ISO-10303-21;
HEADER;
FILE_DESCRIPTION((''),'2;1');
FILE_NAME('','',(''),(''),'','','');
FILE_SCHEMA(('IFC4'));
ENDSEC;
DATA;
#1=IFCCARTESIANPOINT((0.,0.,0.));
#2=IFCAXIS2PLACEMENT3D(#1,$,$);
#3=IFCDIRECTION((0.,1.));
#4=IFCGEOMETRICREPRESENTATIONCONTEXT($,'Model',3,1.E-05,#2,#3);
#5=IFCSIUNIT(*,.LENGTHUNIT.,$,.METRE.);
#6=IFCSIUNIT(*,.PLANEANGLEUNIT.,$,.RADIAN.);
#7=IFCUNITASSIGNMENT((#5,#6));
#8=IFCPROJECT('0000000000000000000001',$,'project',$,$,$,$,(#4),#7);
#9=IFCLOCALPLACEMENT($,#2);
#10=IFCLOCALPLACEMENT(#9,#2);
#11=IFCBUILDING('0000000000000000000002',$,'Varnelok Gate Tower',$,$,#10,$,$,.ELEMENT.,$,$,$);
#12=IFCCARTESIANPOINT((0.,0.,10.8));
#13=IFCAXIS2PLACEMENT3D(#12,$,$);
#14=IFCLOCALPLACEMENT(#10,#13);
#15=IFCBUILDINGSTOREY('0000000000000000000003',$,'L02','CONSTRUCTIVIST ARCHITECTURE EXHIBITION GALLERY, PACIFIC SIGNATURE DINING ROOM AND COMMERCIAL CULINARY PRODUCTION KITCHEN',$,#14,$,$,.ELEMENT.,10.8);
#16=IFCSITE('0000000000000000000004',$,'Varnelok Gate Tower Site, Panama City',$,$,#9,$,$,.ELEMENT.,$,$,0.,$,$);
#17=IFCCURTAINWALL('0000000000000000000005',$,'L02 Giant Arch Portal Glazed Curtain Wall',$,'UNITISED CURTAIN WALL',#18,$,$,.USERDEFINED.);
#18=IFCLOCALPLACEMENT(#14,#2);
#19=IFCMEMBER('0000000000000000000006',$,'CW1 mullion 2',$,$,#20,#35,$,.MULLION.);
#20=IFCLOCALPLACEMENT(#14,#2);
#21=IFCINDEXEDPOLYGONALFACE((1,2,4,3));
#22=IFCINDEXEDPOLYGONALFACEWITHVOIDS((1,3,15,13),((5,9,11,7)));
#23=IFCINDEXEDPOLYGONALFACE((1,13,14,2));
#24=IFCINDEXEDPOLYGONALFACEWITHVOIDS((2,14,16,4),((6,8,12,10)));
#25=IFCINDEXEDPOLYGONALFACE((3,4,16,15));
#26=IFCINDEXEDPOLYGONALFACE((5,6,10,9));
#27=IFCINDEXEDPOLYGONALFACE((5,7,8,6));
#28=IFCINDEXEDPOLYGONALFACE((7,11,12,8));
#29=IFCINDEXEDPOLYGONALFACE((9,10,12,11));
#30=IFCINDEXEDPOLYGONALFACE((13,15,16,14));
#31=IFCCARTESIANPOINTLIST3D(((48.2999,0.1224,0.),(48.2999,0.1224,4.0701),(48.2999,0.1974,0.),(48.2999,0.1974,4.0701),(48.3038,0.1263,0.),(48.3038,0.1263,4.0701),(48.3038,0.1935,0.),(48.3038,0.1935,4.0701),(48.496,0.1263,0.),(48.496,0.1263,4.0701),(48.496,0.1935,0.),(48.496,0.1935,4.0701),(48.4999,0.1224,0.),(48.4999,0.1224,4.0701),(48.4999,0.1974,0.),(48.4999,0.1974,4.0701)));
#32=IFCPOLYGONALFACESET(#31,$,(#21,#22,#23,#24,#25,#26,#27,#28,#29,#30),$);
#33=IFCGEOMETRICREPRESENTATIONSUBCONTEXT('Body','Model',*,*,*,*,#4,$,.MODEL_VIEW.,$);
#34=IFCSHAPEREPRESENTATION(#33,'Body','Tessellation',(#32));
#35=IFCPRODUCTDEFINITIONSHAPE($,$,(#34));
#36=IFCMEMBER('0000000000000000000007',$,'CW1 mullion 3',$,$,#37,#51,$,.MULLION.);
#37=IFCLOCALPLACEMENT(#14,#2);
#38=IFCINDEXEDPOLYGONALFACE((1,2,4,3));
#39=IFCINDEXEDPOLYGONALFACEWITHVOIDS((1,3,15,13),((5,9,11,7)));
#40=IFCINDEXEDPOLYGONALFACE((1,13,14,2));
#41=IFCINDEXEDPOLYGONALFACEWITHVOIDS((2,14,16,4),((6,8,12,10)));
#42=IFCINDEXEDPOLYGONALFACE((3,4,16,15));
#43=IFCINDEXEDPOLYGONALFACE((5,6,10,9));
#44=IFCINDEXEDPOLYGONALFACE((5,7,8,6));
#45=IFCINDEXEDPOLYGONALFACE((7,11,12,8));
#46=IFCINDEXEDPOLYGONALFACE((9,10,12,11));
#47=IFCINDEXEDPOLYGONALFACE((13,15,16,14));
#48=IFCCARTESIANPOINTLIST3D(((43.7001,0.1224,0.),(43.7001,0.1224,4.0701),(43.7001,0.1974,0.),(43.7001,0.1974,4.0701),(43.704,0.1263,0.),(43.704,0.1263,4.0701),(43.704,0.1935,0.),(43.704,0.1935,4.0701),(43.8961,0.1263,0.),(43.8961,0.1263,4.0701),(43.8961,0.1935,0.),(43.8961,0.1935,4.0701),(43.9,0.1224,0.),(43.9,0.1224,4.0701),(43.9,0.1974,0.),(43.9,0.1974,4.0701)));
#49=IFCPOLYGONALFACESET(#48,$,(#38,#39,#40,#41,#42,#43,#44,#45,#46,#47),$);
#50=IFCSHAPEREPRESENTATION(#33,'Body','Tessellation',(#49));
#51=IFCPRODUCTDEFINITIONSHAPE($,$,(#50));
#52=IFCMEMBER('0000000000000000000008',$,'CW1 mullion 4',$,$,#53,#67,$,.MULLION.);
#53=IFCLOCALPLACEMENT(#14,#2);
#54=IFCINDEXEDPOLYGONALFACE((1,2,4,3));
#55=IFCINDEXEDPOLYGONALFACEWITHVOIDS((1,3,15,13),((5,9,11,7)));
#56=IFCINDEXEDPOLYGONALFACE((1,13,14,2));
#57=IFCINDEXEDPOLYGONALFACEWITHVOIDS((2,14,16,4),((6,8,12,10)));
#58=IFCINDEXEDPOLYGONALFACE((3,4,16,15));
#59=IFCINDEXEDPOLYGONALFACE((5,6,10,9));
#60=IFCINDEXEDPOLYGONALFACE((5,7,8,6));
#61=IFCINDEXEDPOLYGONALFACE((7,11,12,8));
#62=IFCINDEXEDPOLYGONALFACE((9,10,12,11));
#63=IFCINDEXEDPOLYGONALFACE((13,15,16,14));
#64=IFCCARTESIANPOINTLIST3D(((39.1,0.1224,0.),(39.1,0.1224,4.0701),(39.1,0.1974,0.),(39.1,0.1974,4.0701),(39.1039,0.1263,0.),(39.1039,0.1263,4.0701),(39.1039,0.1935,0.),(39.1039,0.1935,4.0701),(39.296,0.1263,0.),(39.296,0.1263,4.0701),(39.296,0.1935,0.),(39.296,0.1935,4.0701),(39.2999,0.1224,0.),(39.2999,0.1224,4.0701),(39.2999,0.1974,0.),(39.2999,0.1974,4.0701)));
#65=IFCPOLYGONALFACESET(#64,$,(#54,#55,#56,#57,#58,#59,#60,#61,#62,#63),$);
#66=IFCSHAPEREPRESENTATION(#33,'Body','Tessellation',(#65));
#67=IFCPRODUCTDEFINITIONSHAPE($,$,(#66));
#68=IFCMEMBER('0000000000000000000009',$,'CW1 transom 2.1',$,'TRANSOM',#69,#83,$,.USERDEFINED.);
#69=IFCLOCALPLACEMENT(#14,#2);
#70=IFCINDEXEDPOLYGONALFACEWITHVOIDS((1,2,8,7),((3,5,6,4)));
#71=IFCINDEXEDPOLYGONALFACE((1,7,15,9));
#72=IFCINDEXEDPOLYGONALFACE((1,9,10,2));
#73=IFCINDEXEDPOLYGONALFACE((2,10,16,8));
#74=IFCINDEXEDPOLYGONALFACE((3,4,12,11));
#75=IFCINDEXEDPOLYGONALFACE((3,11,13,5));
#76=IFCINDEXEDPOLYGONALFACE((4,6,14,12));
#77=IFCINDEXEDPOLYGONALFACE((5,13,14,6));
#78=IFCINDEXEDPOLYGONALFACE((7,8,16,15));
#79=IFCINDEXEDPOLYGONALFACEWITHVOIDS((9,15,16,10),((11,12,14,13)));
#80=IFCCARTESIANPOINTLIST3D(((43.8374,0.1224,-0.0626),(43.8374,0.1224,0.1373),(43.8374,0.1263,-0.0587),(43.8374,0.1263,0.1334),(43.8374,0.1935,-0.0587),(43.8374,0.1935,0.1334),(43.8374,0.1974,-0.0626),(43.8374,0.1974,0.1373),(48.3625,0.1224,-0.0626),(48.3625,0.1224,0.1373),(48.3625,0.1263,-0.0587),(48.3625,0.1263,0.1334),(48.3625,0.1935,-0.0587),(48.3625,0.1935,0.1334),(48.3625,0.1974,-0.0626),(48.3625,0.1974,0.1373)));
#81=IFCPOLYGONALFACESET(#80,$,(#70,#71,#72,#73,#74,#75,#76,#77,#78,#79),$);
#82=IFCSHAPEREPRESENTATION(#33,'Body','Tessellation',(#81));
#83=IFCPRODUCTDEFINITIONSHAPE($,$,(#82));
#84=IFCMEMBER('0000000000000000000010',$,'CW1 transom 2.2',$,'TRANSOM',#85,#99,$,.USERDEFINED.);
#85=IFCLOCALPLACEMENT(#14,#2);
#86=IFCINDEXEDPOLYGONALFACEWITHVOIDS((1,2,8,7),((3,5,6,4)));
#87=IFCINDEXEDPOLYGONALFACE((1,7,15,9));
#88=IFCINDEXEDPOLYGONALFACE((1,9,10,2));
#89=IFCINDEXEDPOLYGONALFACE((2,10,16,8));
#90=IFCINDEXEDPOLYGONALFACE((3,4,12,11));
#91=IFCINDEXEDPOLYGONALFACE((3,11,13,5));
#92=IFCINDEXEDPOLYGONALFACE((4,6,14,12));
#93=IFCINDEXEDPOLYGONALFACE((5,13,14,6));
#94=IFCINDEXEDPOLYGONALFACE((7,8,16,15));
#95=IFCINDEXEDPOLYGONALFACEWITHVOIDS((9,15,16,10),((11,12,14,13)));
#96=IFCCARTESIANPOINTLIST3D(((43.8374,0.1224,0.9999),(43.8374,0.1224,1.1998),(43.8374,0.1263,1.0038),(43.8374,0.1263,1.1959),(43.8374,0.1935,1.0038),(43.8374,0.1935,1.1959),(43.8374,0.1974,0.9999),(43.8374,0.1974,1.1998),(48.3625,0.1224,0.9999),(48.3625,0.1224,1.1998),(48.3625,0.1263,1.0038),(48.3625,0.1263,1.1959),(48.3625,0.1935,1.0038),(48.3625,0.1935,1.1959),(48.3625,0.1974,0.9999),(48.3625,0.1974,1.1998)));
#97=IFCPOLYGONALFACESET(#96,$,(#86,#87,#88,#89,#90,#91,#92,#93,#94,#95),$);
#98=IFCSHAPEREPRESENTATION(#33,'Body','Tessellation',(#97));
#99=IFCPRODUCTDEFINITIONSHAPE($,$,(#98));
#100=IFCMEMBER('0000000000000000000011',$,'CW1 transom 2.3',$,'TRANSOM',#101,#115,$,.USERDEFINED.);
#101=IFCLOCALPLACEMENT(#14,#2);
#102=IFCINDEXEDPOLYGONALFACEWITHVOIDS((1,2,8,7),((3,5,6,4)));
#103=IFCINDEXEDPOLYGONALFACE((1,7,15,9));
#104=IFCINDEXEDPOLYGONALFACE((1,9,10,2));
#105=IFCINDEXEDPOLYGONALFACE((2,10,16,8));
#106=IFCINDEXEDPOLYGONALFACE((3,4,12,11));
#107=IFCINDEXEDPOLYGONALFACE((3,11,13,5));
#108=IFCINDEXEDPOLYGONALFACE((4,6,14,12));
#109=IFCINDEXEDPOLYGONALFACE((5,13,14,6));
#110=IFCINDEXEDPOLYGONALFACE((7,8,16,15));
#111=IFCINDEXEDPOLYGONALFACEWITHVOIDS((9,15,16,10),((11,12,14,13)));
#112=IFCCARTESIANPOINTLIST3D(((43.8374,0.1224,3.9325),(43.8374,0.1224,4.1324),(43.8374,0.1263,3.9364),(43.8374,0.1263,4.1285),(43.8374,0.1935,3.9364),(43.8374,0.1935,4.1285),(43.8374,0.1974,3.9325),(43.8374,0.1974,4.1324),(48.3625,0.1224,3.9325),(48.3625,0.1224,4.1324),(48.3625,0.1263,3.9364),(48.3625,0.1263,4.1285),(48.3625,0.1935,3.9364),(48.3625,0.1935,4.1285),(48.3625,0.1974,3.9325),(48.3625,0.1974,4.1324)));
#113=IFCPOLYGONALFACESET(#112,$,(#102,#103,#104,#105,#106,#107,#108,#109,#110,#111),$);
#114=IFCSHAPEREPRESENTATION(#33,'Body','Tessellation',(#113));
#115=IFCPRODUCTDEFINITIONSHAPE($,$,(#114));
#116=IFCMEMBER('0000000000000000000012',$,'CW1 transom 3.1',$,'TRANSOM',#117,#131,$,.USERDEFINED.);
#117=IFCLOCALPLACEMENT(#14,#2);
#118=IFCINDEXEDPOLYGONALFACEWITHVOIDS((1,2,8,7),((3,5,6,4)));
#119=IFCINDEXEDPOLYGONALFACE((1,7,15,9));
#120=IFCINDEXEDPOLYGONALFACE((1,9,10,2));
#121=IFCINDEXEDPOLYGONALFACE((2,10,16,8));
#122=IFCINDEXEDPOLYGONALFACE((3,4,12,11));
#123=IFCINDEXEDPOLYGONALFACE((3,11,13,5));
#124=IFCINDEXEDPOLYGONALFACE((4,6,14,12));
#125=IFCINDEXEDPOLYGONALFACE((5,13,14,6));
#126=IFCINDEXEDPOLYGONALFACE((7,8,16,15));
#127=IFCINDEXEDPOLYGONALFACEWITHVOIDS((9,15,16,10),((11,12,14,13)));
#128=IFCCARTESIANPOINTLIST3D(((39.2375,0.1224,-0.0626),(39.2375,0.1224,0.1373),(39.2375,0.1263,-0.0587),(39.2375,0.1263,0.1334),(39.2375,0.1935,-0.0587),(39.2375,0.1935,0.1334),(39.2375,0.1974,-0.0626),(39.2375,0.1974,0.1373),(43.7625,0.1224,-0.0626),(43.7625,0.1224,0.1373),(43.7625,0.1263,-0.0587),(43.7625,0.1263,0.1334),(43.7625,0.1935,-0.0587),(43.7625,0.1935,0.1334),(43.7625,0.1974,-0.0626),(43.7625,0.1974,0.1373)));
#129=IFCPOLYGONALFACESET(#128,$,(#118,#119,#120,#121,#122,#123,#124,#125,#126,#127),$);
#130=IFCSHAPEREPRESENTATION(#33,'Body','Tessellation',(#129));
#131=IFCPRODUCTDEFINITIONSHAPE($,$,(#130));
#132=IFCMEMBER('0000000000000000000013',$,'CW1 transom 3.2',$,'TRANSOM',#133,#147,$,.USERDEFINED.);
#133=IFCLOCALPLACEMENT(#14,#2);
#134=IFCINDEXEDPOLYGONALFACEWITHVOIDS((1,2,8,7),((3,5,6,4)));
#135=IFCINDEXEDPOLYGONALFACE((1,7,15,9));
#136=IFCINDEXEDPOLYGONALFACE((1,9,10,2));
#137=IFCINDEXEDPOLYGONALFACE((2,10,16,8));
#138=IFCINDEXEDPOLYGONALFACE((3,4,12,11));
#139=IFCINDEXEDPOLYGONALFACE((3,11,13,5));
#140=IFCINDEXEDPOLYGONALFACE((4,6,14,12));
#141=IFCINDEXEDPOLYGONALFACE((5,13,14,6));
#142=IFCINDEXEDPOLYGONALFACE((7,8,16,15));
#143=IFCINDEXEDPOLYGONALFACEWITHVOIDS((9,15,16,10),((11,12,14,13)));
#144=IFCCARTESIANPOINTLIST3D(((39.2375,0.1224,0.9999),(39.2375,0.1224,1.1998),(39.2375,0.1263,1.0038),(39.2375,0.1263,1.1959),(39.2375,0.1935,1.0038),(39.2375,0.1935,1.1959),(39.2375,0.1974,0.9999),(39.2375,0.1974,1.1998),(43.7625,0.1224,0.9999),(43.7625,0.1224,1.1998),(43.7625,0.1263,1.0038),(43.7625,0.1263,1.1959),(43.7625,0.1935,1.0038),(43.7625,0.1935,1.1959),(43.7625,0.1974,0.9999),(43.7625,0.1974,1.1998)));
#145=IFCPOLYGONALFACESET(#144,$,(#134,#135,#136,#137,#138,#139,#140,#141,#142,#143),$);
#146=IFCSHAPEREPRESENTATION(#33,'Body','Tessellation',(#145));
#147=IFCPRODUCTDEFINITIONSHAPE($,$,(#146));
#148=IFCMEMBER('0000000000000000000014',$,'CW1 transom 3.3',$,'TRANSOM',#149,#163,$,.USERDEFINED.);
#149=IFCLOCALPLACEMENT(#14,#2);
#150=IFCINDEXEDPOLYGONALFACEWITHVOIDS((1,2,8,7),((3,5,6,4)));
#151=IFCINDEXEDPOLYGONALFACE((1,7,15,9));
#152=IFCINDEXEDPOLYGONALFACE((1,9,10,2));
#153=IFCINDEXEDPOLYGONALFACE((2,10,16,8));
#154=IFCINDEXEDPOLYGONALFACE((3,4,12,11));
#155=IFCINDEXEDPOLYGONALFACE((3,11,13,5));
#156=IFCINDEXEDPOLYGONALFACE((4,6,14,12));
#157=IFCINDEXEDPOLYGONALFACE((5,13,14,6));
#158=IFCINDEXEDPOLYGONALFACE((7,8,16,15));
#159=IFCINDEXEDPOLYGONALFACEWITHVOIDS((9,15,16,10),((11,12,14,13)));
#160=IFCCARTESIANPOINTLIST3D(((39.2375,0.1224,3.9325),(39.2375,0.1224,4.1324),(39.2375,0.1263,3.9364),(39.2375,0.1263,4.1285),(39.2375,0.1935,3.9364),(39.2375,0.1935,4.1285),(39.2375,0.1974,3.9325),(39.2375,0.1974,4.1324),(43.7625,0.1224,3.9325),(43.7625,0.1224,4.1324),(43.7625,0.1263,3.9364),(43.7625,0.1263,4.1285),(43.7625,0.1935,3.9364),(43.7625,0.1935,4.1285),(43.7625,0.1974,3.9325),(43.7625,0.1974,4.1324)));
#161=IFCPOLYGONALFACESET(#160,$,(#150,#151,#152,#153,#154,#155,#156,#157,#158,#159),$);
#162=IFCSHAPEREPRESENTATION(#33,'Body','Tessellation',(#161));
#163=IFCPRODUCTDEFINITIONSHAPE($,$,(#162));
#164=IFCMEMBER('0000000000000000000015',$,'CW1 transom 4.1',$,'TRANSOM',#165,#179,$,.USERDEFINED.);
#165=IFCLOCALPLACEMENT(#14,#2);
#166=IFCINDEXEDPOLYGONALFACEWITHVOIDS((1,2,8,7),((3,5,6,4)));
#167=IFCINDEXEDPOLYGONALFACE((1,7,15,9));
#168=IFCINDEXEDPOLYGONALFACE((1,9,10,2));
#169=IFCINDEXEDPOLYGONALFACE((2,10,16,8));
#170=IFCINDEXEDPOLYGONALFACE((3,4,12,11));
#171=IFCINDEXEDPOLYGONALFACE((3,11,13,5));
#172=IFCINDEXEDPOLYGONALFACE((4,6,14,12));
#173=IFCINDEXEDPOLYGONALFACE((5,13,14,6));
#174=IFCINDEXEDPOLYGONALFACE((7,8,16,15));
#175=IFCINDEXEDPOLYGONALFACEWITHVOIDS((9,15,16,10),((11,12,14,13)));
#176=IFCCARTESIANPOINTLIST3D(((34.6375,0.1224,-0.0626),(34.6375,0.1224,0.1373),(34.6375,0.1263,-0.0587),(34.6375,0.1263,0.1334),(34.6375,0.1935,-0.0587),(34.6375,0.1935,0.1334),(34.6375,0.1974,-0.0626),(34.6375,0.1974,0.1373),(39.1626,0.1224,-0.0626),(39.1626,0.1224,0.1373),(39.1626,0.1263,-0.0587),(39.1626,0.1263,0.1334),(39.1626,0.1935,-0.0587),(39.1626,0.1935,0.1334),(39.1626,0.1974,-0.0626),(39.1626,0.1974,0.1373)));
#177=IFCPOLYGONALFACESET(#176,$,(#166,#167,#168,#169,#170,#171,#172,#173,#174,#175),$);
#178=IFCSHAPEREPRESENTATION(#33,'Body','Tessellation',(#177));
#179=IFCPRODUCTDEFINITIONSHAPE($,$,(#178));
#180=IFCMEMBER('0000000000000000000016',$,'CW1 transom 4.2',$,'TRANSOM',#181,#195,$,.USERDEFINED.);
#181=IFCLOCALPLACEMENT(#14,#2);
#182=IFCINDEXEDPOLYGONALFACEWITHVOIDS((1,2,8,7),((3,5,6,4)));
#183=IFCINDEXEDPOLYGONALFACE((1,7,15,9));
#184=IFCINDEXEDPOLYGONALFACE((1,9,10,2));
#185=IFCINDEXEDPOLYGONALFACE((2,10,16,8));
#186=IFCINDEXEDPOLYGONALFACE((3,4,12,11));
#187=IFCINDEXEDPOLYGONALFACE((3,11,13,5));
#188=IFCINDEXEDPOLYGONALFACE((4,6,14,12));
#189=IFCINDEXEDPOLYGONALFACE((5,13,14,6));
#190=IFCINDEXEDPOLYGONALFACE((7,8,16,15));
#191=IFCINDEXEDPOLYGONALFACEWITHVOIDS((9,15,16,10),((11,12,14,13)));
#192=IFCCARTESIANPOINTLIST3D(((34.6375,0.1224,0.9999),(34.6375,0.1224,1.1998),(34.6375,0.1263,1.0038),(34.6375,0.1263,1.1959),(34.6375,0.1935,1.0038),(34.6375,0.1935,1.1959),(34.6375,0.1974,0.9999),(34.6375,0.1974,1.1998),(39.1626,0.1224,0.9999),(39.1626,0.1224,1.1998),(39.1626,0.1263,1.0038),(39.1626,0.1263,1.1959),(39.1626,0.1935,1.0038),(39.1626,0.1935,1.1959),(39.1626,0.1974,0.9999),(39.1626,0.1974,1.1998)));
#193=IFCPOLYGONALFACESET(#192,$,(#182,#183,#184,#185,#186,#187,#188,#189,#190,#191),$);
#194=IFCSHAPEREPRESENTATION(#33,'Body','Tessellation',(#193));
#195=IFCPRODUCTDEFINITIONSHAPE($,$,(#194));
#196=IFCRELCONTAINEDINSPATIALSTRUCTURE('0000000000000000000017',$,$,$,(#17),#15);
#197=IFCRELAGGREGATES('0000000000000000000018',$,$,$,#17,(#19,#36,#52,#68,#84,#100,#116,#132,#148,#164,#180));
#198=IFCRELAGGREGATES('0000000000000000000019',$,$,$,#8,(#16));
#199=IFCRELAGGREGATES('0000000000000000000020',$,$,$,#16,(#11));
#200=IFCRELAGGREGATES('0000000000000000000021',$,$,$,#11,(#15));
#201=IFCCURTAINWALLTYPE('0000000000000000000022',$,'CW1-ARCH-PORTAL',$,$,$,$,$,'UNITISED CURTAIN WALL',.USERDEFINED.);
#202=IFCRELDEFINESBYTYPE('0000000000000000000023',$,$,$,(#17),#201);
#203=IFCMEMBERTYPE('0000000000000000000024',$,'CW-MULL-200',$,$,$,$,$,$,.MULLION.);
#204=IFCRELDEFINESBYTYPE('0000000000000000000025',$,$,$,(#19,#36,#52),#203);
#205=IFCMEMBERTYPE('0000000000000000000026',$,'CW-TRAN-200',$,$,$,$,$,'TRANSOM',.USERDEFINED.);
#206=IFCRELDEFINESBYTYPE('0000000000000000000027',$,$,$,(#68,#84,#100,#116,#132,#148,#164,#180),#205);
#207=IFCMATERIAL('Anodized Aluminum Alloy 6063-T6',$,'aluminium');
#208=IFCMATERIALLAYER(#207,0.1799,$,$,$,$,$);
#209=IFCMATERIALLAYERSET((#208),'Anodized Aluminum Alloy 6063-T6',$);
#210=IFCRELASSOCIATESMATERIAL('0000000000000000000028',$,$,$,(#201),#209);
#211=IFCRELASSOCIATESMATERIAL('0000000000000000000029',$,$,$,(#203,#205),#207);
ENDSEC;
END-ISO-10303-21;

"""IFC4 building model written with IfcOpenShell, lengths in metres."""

from ifc_helpers import new_model, si_unit, direction, frame, origin, origin_2d, place, context, subcontext, project, spatial, hollow_rectangle, extrude, material, layer, layer_set, material_profile, profile_set, type_object, element, aggregate, save


model = new_model("IFC4")

# Units and contexts
model_context = context("Model", 3, precision=1e-05, world=origin(), true_north=direction((0.0, 1.0)))
body_context = subcontext(model_context, "Body", "Model", "MODEL_VIEW")
ifc_project = project(units=[si_unit("LENGTHUNIT", "METRE"), si_unit("PLANEANGLEUNIT", "RADIAN")], contexts=[model_context])

# Site, building, storey
site_placement = place(None, origin())
site = spatial("IfcSite", under=ifc_project, at=site_placement, Name="Varnelok Gate Tower Site, Panama City", CompositionType="ELEMENT", RefElevation=0.0)
building_placement = place(site_placement, origin())
building = spatial("IfcBuilding", under=site, at=building_placement, Name="Varnelok Gate Tower", CompositionType="ELEMENT")
storey_placement = place(building_placement, frame((0.0, 0.0, 10.8)))
storey = spatial("IfcBuildingStorey", under=building, at=storey_placement, Name="L02", Description="CONSTRUCTIVIST ARCHITECTURE EXHIBITION GALLERY, PACIFIC SIGNATURE DINING ROOM AND COMMERCIAL CULINARY PRODUCTION KITCHEN", CompositionType="ELEMENT", Elevation=10.8)

# Curtain wall, members
ifc_material_1 = material(Name="Anodized Aluminum Alloy 6063-T6", Category="aluminium")
ifc_layer_1 = layer(ifc_material_1, 0.1799)
ifc_layer_set_1 = layer_set([ifc_layer_1], Name="Anodized Aluminum Alloy 6063-T6")
curtain_wall_type = type_object("IfcCurtainWallType", Name="CW1-ARCH-PORTAL", ElementType="UNITISED CURTAIN WALL", PredefinedType="USERDEFINED", material=ifc_layer_set_1)
curtain_wall_placement = place(storey_placement, origin())
curtain_wall = element("IfcCurtainWall", 1, at=curtain_wall_placement, inside=storey, type_object=curtain_wall_type, Name="L02 Giant Arch Portal Glazed Curtain Wall", ObjectType="UNITISED CURTAIN WALL", PredefinedType="USERDEFINED")
ifc_material_profile_1 = material_profile(ifc_material_1, hollow_rectangle(XDim=0.075, YDim=0.2, WallThickness=0.0039, at=origin_2d()), Name="ALU200X75X4")
ifc_profile_set_1 = profile_set([ifc_material_profile_1], Name="Anodized Aluminum Alloy 6063-T6")
member_type_1 = type_object("IfcMemberType", Name="CW-MULL-200", PredefinedType="MULLION", material=ifc_profile_set_1)
member_1_placement = place(storey_placement, frame((48.3999, 0.1599, 0.0), z_axis=(0.0, 0.0, 1.0), x_axis=(0.0, -1.0, 0.0)))
member_1 = element("IfcMember", 2, at=member_1_placement, type_object=member_type_1, Name="CW1 mullion 2", PredefinedType="MULLION", context=body_context, shape_type="SweptSolid", body=[
    extrude(hollow_rectangle(XDim=0.075, YDim=0.2, WallThickness=0.0039, at=origin_2d()), origin(), (0.0, 0.0, 1.0), 4.0701),
])
member_2_placement = place(storey_placement, frame((43.8, 0.1599, 0.0), z_axis=(0.0, 0.0, 1.0), x_axis=(0.0, -1.0, 0.0)))
member_2 = element("IfcMember", 3, at=member_2_placement, type_object=member_type_1, Name="CW1 mullion 3", PredefinedType="MULLION", context=body_context, shape_type="SweptSolid", body=[
    extrude(hollow_rectangle(XDim=0.075, YDim=0.2, WallThickness=0.0039, at=origin_2d()), origin(), (0.0, 0.0, 1.0), 4.0701),
])
member_3_placement = place(storey_placement, frame((39.2, 0.1599, 0.0), z_axis=(0.0, 0.0, 1.0), x_axis=(0.0, -1.0, 0.0)))
member_3 = element("IfcMember", 4, at=member_3_placement, type_object=member_type_1, Name="CW1 mullion 4", PredefinedType="MULLION", context=body_context, shape_type="SweptSolid", body=[
    extrude(hollow_rectangle(XDim=0.075, YDim=0.2, WallThickness=0.0039, at=origin_2d()), origin(), (0.0, 0.0, 1.0), 4.0701),
])
ifc_material_profile_2 = material_profile(ifc_material_1, hollow_rectangle(XDim=0.075, YDim=0.2, WallThickness=0.0039, at=origin_2d()), Name="ALU200X75X4")
ifc_profile_set_2 = profile_set([ifc_material_profile_2], Name="Anodized Aluminum Alloy 6063-T6")
member_type_2 = type_object("IfcMemberType", Name="CW-TRAN-200", ElementType="TRANSOM", PredefinedType="USERDEFINED", material=ifc_profile_set_2)
member_4_placement = place(storey_placement, frame((48.3625, 0.1599, 0.0374), z_axis=(-1.0, 0.0, 0.0), x_axis=(0.0, -1.0, 0.0)))
member_4 = element("IfcMember", 5, at=member_4_placement, type_object=member_type_2, Name="CW1 transom 2.1", ObjectType="TRANSOM", PredefinedType="USERDEFINED", context=body_context, shape_type="SweptSolid", body=[
    extrude(hollow_rectangle(XDim=0.075, YDim=0.2, WallThickness=0.0039, at=origin_2d()), origin(), (0.0, 0.0, 1.0), 4.5251),
])
member_5_placement = place(storey_placement, frame((48.3625, 0.1599, 1.0999), z_axis=(-1.0, 0.0, 0.0), x_axis=(0.0, -1.0, 0.0)))
member_5 = element("IfcMember", 6, at=member_5_placement, type_object=member_type_2, Name="CW1 transom 2.2", ObjectType="TRANSOM", PredefinedType="USERDEFINED", context=body_context, shape_type="SweptSolid", body=[
    extrude(hollow_rectangle(XDim=0.075, YDim=0.2, WallThickness=0.0039, at=origin_2d()), origin(), (0.0, 0.0, 1.0), 4.5251),
])
member_6_placement = place(storey_placement, frame((48.3625, 0.1599, 4.0325), z_axis=(-1.0, 0.0, 0.0), x_axis=(0.0, -1.0, 0.0)))
member_6 = element("IfcMember", 7, at=member_6_placement, type_object=member_type_2, Name="CW1 transom 2.3", ObjectType="TRANSOM", PredefinedType="USERDEFINED", context=body_context, shape_type="SweptSolid", body=[
    extrude(hollow_rectangle(XDim=0.075, YDim=0.2, WallThickness=0.0039, at=origin_2d()), origin(), (0.0, 0.0, 1.0), 4.5251),
])
member_7_placement = place(storey_placement, frame((43.7625, 0.1599, 0.0374), z_axis=(-1.0, 0.0, 0.0), x_axis=(0.0, -1.0, 0.0)))
member_7 = element("IfcMember", 8, at=member_7_placement, type_object=member_type_2, Name="CW1 transom 3.1", ObjectType="TRANSOM", PredefinedType="USERDEFINED", context=body_context, shape_type="SweptSolid", body=[
    extrude(hollow_rectangle(XDim=0.075, YDim=0.2, WallThickness=0.0039, at=origin_2d()), origin(), (0.0, 0.0, 1.0), 4.5249),
])
member_8_placement = place(storey_placement, frame((43.7625, 0.1599, 1.0999), z_axis=(-1.0, 0.0, 0.0), x_axis=(0.0, -1.0, 0.0)))
member_8 = element("IfcMember", 9, at=member_8_placement, type_object=member_type_2, Name="CW1 transom 3.2", ObjectType="TRANSOM", PredefinedType="USERDEFINED", context=body_context, shape_type="SweptSolid", body=[
    extrude(hollow_rectangle(XDim=0.075, YDim=0.2, WallThickness=0.0039, at=origin_2d()), origin(), (0.0, 0.0, 1.0), 4.5249),
])
member_9_placement = place(storey_placement, frame((43.7625, 0.1599, 4.0325), z_axis=(-1.0, 0.0, 0.0), x_axis=(0.0, -1.0, 0.0)))
member_9 = element("IfcMember", 10, at=member_9_placement, type_object=member_type_2, Name="CW1 transom 3.3", ObjectType="TRANSOM", PredefinedType="USERDEFINED", context=body_context, shape_type="SweptSolid", body=[
    extrude(hollow_rectangle(XDim=0.075, YDim=0.2, WallThickness=0.0039, at=origin_2d()), origin(), (0.0, 0.0, 1.0), 4.5249),
])
member_10_placement = place(storey_placement, frame((39.1626, 0.1599, 0.0374), z_axis=(-1.0, 0.0, 0.0), x_axis=(0.0, -1.0, 0.0)))
member_10 = element("IfcMember", 11, at=member_10_placement, type_object=member_type_2, Name="CW1 transom 4.1", ObjectType="TRANSOM", PredefinedType="USERDEFINED", context=body_context, shape_type="SweptSolid", body=[
    extrude(hollow_rectangle(XDim=0.075, YDim=0.2, WallThickness=0.0039, at=origin_2d()), origin(), (0.0, 0.0, 1.0), 4.5251),
])
member_11_placement = place(storey_placement, frame((39.1626, 0.1599, 1.0999), z_axis=(-1.0, 0.0, 0.0), x_axis=(0.0, -1.0, 0.0)))
member_11 = element("IfcMember", 12, at=member_11_placement, type_object=member_type_2, Name="CW1 transom 4.2", ObjectType="TRANSOM", PredefinedType="USERDEFINED", context=body_context, shape_type="SweptSolid", body=[
    extrude(hollow_rectangle(XDim=0.075, YDim=0.2, WallThickness=0.0039, at=origin_2d()), origin(), (0.0, 0.0, 1.0), 4.5251),
])

aggregate(curtain_wall, [member_1, member_2, member_3, member_4, member_5, member_6, member_7, member_8, member_9, member_10, member_11])

save(model, "model.ifc")
